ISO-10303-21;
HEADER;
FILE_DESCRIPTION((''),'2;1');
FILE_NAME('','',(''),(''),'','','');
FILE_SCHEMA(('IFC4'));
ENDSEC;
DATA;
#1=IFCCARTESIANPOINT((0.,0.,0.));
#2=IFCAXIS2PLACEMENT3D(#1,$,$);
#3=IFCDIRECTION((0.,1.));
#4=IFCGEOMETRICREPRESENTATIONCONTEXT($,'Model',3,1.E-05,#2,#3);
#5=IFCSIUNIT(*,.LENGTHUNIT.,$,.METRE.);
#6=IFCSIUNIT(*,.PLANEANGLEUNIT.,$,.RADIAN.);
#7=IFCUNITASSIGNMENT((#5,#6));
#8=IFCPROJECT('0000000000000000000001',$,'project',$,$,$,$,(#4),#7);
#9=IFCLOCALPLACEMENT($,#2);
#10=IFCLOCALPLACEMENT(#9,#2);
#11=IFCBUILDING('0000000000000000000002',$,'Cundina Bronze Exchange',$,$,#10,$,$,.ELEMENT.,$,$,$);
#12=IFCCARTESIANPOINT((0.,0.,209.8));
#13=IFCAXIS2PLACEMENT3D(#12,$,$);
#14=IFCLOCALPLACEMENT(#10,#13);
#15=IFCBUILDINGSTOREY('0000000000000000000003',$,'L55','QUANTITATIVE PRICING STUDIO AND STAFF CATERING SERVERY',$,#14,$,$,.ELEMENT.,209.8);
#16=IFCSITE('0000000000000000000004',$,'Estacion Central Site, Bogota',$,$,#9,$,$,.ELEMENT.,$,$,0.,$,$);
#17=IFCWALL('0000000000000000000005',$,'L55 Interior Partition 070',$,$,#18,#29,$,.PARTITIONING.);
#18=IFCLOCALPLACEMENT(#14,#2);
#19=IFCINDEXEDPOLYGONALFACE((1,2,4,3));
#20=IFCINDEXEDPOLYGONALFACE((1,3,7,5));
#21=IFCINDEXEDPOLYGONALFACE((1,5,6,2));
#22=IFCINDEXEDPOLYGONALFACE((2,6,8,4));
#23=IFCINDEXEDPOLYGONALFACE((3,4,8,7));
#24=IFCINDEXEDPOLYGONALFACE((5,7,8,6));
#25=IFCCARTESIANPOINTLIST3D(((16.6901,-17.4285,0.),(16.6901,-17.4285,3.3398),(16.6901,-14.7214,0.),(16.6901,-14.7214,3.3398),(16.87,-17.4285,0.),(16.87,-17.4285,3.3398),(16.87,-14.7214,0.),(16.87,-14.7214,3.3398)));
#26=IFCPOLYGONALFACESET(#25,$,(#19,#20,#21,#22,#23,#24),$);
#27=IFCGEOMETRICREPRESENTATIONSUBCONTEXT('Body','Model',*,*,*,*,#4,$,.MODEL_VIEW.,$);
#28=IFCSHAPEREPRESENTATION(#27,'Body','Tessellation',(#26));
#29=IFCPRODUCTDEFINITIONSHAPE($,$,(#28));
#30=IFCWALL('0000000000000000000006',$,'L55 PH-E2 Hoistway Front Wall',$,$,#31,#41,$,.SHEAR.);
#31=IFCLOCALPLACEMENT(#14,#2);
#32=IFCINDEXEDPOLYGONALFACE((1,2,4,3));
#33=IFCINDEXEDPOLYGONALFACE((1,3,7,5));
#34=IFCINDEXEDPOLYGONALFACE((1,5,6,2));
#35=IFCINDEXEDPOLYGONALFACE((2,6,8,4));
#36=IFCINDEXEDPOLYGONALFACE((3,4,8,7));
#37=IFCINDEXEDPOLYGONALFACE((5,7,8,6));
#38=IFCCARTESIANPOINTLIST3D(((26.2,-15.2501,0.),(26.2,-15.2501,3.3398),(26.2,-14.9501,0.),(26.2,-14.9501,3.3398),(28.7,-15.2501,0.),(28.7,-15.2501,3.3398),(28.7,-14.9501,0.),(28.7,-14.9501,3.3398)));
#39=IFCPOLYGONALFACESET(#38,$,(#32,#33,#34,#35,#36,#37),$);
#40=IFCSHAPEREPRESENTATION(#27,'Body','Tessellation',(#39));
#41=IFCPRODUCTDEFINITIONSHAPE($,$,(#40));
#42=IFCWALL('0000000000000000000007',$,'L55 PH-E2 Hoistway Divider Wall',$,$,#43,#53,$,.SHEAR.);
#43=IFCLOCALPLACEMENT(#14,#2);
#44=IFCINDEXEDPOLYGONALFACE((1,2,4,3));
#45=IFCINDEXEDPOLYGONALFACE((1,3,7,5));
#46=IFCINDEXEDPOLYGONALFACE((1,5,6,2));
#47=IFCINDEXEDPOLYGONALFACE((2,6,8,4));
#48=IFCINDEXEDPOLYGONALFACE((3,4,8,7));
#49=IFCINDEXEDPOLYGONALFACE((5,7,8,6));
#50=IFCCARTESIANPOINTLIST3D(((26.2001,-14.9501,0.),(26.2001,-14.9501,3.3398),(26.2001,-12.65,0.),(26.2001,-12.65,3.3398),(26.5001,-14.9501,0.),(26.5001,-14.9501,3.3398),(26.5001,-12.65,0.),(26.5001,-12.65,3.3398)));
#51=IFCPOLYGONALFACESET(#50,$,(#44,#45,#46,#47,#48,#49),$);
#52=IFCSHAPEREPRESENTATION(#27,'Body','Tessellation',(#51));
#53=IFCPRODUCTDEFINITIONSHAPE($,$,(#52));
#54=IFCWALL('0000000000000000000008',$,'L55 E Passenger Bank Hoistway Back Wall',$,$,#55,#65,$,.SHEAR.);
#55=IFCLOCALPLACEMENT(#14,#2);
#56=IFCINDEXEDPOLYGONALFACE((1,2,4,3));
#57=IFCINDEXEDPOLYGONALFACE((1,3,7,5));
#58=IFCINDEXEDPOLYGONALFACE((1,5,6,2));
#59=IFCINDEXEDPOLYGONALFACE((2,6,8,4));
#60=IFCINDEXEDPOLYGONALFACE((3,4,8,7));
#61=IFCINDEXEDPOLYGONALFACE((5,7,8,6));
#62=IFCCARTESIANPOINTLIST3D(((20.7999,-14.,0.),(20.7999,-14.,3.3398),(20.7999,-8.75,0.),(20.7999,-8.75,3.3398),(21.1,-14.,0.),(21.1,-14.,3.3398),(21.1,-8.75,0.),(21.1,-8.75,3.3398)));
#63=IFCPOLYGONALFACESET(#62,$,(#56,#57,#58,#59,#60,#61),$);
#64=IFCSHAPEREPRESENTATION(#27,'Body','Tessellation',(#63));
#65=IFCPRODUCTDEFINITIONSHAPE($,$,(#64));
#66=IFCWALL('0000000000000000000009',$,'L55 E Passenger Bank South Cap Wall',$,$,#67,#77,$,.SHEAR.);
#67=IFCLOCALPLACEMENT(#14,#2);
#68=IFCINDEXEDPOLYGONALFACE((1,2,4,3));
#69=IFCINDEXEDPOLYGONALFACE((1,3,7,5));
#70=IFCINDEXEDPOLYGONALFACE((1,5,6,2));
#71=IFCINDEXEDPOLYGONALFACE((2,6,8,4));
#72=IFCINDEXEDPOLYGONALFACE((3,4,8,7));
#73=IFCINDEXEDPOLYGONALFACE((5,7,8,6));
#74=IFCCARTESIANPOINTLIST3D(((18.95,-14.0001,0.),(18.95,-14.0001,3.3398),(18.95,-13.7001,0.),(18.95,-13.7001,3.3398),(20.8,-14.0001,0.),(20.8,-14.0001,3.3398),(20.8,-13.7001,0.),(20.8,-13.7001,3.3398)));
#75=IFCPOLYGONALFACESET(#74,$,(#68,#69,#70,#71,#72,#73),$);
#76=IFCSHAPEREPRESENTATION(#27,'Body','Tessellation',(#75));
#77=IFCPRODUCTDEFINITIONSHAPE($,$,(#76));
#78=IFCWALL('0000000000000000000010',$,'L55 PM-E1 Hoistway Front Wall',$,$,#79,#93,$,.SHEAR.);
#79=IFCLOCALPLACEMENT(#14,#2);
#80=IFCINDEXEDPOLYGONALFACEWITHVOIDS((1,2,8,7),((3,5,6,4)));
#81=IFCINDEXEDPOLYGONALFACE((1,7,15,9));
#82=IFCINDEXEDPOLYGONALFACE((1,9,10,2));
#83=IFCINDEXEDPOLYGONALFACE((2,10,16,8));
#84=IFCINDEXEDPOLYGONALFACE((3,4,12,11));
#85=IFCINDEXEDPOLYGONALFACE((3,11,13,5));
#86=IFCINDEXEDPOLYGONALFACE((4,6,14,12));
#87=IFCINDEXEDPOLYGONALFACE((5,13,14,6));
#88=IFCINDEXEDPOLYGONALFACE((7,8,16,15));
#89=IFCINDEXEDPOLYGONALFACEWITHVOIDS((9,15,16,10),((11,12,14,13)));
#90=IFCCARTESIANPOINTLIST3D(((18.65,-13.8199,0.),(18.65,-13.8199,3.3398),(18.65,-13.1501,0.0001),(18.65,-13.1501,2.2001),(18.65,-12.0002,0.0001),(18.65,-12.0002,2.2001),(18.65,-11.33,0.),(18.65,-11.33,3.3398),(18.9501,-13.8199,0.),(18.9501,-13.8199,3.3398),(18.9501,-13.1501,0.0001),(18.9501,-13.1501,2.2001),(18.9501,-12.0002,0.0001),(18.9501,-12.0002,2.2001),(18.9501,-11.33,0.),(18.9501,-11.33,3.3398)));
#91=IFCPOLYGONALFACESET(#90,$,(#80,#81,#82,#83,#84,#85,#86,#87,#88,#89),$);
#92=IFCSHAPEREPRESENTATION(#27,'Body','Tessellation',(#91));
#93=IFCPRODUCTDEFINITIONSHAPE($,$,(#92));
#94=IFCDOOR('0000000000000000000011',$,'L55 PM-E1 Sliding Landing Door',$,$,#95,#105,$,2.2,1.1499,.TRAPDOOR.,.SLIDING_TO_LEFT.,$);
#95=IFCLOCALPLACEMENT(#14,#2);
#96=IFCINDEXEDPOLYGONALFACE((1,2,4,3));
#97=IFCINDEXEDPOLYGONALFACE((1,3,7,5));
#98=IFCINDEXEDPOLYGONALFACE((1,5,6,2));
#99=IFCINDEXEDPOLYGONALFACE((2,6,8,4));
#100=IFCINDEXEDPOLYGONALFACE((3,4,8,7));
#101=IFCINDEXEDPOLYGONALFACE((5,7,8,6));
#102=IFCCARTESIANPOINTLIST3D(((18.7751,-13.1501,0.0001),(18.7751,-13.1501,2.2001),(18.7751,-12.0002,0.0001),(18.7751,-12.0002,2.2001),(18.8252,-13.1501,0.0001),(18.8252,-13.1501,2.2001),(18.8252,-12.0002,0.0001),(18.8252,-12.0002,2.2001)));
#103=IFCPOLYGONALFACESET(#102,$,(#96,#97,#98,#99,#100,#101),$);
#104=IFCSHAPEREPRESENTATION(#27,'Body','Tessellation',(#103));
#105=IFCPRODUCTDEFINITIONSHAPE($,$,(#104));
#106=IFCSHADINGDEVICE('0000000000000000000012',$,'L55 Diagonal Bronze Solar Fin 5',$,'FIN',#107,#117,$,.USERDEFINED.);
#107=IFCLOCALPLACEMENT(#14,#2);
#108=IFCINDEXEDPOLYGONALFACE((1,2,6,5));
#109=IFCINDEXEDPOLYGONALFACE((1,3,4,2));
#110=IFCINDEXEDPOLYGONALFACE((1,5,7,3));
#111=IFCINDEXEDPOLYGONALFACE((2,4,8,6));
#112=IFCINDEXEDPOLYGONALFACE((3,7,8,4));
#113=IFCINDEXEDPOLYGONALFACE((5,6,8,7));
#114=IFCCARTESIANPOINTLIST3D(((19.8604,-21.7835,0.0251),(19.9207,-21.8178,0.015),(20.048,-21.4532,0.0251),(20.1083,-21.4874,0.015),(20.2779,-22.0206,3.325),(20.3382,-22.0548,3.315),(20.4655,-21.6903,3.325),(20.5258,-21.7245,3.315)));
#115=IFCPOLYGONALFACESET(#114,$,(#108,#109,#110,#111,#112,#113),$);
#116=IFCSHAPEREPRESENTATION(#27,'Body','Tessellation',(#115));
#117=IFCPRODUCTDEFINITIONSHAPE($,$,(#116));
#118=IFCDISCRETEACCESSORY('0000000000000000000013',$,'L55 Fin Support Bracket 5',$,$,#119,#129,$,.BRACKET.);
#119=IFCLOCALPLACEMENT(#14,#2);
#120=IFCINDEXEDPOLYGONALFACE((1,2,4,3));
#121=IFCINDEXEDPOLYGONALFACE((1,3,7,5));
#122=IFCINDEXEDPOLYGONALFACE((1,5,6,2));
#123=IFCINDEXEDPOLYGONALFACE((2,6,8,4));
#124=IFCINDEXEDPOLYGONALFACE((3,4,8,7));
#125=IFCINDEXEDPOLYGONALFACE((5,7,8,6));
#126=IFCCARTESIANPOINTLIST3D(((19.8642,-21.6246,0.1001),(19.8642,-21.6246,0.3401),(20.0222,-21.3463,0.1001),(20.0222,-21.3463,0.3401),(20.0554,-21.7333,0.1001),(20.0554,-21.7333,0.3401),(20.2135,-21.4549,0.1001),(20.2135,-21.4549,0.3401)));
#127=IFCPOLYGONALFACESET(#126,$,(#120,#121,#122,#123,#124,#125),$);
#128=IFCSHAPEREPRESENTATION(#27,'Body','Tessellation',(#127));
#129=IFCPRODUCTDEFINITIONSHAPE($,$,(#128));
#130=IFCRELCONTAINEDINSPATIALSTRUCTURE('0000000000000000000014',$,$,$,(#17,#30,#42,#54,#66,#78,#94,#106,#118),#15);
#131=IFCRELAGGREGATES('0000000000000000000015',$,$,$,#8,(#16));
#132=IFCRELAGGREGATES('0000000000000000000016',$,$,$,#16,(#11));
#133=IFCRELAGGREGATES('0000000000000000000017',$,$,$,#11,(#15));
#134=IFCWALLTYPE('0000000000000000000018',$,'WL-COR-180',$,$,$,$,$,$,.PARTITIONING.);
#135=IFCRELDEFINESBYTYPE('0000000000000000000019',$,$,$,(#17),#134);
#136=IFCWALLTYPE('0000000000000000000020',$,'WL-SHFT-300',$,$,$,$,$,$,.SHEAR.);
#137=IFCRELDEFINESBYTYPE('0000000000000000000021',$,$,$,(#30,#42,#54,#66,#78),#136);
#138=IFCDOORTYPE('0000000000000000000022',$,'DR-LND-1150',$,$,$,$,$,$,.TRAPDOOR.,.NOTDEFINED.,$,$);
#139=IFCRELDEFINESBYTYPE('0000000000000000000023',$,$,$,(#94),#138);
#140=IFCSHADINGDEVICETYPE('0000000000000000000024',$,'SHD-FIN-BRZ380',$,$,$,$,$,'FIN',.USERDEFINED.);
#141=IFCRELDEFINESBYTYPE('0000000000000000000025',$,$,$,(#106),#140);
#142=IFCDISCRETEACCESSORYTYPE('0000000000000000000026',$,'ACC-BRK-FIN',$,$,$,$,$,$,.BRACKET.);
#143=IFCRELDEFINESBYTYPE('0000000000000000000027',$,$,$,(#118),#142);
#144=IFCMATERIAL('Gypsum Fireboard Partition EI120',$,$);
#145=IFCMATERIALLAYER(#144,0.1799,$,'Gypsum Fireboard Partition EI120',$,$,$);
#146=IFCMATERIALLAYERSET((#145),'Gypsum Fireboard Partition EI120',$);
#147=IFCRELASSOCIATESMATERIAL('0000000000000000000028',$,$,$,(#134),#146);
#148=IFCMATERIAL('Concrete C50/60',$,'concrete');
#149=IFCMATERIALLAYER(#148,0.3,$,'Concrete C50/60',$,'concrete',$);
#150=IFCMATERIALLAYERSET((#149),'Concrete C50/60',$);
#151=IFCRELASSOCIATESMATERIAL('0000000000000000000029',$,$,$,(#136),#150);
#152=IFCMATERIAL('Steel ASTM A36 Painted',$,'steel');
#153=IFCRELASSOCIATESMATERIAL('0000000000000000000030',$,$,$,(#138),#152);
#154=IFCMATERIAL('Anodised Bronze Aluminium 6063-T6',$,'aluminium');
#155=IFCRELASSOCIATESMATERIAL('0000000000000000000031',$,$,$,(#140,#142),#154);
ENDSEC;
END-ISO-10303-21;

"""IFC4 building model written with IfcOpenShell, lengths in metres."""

from ifc_helpers import new_model, si_unit, direction, frame, frame_2d, origin, origin_2d, place, context, subcontext, project, spatial, rectangle, extrude, material, layer, layer_set, material_profile, profile_set, type_object, element, fill, save


model = new_model("IFC4")

# Units and contexts
model_context = context("Model", 3, precision=1e-05, world=origin(), true_north=direction((0.0, 1.0)))
body_context = subcontext(model_context, "Body", "Model", "MODEL_VIEW")
ifc_project = project(units=[si_unit("LENGTHUNIT", "METRE"), si_unit("PLANEANGLEUNIT", "RADIAN")], contexts=[model_context])

# Site, building, storey
site_placement = place(None, origin())
site = spatial("IfcSite", under=ifc_project, at=site_placement, Name="Estacion Central Site, Bogota", CompositionType="ELEMENT", RefElevation=0.0)
building_placement = place(site_placement, origin())
building = spatial("IfcBuilding", under=site, at=building_placement, Name="Cundina Bronze Exchange", CompositionType="ELEMENT")
storey_placement = place(building_placement, frame((0.0, 0.0, 209.8)))
storey = spatial("IfcBuildingStorey", under=building, at=storey_placement, Name="L55", Description="QUANTITATIVE PRICING STUDIO AND STAFF CATERING SERVERY", CompositionType="ELEMENT", Elevation=209.8)

# Shared definitions
ifc_material_1 = material(Name="Concrete C50/60", Category="concrete")

# Shared definitions
ifc_material_2 = material(Name="Anodised Bronze Aluminium 6063-T6", Category="aluminium")

# Shared definitions
ifc_material_3 = material(Name="Gypsum Fireboard Partition EI120")
ifc_layer_1 = layer(ifc_material_3, 0.1799, Name="Gypsum Fireboard Partition EI120")
ifc_layer_set_1 = layer_set([ifc_layer_1], Name="Gypsum Fireboard Partition EI120")
wall_type_1 = type_object("IfcWallType", Name="WL-COR-180", PredefinedType="PARTITIONING", material=ifc_layer_set_1)

# Walls
wall_1_placement = place(storey_placement, frame((16.78, -14.7214, 0.0), z_axis=(0.0, 0.0, 1.0), x_axis=(0.0, -1.0, 0.0)))
element("IfcWall", 1, at=wall_1_placement, inside=storey, type_object=wall_type_1, Name="L55 Interior Partition 070", PredefinedType="PARTITIONING", context=body_context, shape_type="SweptSolid", body=[
    extrude(rectangle(XDim=2.707, YDim=0.1799, at=frame_2d((1.3535, 0.0))), origin(), (0.0, 0.0, 1.0), 3.3398),
])
ifc_layer_2 = layer(ifc_material_1, 0.3, Name="Concrete C50/60", Category="concrete")
ifc_layer_set_2 = layer_set([ifc_layer_2], Name="Concrete C50/60")
wall_type_2 = type_object("IfcWallType", Name="WL-SHFT-300", PredefinedType="SHEAR", material=ifc_layer_set_2)
wall_2_placement = place(storey_placement, frame((26.2, -15.1001, 0.0), z_axis=(0.0, 0.0, 1.0), x_axis=(1.0, 0.0, 0.0)))
element("IfcWall", 2, at=wall_2_placement, inside=storey, type_object=wall_type_2, Name="L55 PH-E2 Hoistway Front Wall", PredefinedType="SHEAR", context=body_context, shape_type="SweptSolid", body=[
    extrude(rectangle(XDim=2.5, YDim=0.3, at=frame_2d((1.25, 0.0))), origin(), (0.0, 0.0, 1.0), 3.3398),
])
wall_3_placement = place(storey_placement, frame((26.3501, -14.95, 0.0), z_axis=(0.0, 0.0, 1.0), x_axis=(0.0, 1.0, 0.0)))
element("IfcWall", 3, at=wall_3_placement, inside=storey, type_object=wall_type_2, Name="L55 PH-E2 Hoistway Divider Wall", PredefinedType="SHEAR", context=body_context, shape_type="SweptSolid", body=[
    extrude(rectangle(XDim=2.3, YDim=0.3, at=frame_2d((1.1499, 0.0))), origin(), (0.0, 0.0, 1.0), 3.3398),
])
wall_4_placement = place(storey_placement, frame((20.95, -14.0, 0.0), z_axis=(0.0, 0.0, 1.0), x_axis=(0.0, 1.0, 0.0)))
element("IfcWall", 4, at=wall_4_placement, inside=storey, type_object=wall_type_2, Name="L55 E Passenger Bank Hoistway Back Wall", PredefinedType="SHEAR", context=body_context, shape_type="SweptSolid", body=[
    extrude(rectangle(XDim=5.25, YDim=0.3, at=frame_2d((2.625, 0.0))), origin(), (0.0, 0.0, 1.0), 3.3398),
])
wall_5_placement = place(storey_placement, frame((18.95, -13.8501, 0.0), z_axis=(0.0, 0.0, 1.0), x_axis=(1.0, 0.0, 0.0)))
element("IfcWall", 5, at=wall_5_placement, inside=storey, type_object=wall_type_2, Name="L55 E Passenger Bank South Cap Wall", PredefinedType="SHEAR", context=body_context, shape_type="SweptSolid", body=[
    extrude(rectangle(XDim=1.8501, YDim=0.3, at=frame_2d((0.925, 0.0))), origin(), (0.0, 0.0, 1.0), 3.3398),
])

# Wall, opening, door
wall_6_placement = place(storey_placement, frame((18.8, -13.8201, 0.0), z_axis=(0.0, 0.0, 1.0), x_axis=(0.0, 1.0, 0.0)))
wall_6 = element("IfcWall", 6, at=wall_6_placement, inside=storey, type_object=wall_type_2, Name="L55 PM-E1 Hoistway Front Wall", PredefinedType="SHEAR", context=body_context, shape_type="SweptSolid", body=[
    extrude(rectangle(XDim=2.49, YDim=0.3, at=frame_2d((1.2451, 0.0))), origin(), (0.0, 0.0, 1.0), 3.3398),
])
opening_1_placement = place(wall_6_placement, frame((0.6699, 0.0, 0.0)))
opening_1 = element("IfcOpeningElement", 7, at=opening_1_placement, cuts=wall_6, PredefinedType="OPENING", context=body_context, shape_type="SweptSolid", body=[
    extrude(rectangle(XDim=1.1499, YDim=2.2, at=frame_2d((0.575, 1.1001))), frame((0.0, 0.1599, 0.0), z_axis=(0.0, -1.0, 0.0), x_axis=(1.0, 0.0, 0.0)), (0.0, 0.0, 1.0), 0.3201),
])
ifc_material_4 = material(Name="Steel ASTM A36 Painted", Category="steel")
door_type_1 = type_object("IfcDoorType", Name="DR-LND-1150", OperationType="NOTDEFINED", PredefinedType="TRAPDOOR", material=ifc_material_4)
door_1_placement = place(opening_1_placement, origin())
door_1 = element("IfcDoor", 8, at=door_1_placement, inside=storey, type_object=door_type_1, Name="L55 PM-E1 Sliding Landing Door", OperationType="SLIDING_TO_LEFT", OverallHeight=2.2, OverallWidth=1.1499, PredefinedType="TRAPDOOR", context=body_context, shape_type="SweptSolid", body=[
    extrude(rectangle(XDim=1.1499, YDim=2.2, at=frame_2d((0.575, 1.1001))), frame((0.0, 0.0249, 0.0), z_axis=(0.0, -1.0, 0.0), x_axis=(1.0, 0.0, 0.0)), (0.0, 0.0, 1.0), 0.05),
])
fill(opening_1, door_1)

# Shading device
ifc_material_profile_1 = material_profile(ifc_material_2, rectangle(XDim=0.0701, YDim=0.3799, at=origin_2d()), Name="FIN70X380", Category="aluminium")
ifc_profile_set_1 = profile_set([ifc_material_profile_1], Name="Anodised Bronze Aluminium 6063-T6")
shading_device_type = type_object("IfcShadingDeviceType", Name="SHD-FIN-BRZ380", ElementType="FIN", PredefinedType="USERDEFINED", material=ifc_profile_set_1)
shading_device_placement = place(storey_placement, frame((19.9844, -21.6355, 0.02), z_axis=(0.12519, -0.071087, 0.989583), x_axis=(-0.860527, 0.488638, 0.143965)))
element("IfcShadingDevice", 9, at=shading_device_placement, inside=storey, type_object=shading_device_type, Name="L55 Diagonal Bronze Solar Fin 5", ObjectType="FIN", PredefinedType="USERDEFINED", context=body_context, shape_type="SweptSolid", body=[
    extrude(rectangle(XDim=0.0701, YDim=0.3799, at=origin_2d()), origin(), (0.0, 0.0, 1.0), 3.3347),
])

# Discrete accessory
discrete_accessory_type = type_object("IfcDiscreteAccessoryType", Name="ACC-BRK-FIN", PredefinedType="BRACKET", material=ifc_material_2)
discrete_accessory_placement = place(storey_placement, frame((20.0388, -21.5398, 0.1001), z_axis=(0.0, 0.0, 1.0), x_axis=(0.869573, -0.493805, 0.0)))
element("IfcDiscreteAccessory", 10, at=discrete_accessory_placement, inside=storey, type_object=discrete_accessory_type, Name="L55 Fin Support Bracket 5", PredefinedType="BRACKET", context=body_context, shape_type="SweptSolid", body=[
    extrude(rectangle(XDim=0.22, YDim=0.3201, at=origin_2d()), origin(), (0.0, 0.0, 1.0), 0.24),
])

save(model, "model.ifc")
